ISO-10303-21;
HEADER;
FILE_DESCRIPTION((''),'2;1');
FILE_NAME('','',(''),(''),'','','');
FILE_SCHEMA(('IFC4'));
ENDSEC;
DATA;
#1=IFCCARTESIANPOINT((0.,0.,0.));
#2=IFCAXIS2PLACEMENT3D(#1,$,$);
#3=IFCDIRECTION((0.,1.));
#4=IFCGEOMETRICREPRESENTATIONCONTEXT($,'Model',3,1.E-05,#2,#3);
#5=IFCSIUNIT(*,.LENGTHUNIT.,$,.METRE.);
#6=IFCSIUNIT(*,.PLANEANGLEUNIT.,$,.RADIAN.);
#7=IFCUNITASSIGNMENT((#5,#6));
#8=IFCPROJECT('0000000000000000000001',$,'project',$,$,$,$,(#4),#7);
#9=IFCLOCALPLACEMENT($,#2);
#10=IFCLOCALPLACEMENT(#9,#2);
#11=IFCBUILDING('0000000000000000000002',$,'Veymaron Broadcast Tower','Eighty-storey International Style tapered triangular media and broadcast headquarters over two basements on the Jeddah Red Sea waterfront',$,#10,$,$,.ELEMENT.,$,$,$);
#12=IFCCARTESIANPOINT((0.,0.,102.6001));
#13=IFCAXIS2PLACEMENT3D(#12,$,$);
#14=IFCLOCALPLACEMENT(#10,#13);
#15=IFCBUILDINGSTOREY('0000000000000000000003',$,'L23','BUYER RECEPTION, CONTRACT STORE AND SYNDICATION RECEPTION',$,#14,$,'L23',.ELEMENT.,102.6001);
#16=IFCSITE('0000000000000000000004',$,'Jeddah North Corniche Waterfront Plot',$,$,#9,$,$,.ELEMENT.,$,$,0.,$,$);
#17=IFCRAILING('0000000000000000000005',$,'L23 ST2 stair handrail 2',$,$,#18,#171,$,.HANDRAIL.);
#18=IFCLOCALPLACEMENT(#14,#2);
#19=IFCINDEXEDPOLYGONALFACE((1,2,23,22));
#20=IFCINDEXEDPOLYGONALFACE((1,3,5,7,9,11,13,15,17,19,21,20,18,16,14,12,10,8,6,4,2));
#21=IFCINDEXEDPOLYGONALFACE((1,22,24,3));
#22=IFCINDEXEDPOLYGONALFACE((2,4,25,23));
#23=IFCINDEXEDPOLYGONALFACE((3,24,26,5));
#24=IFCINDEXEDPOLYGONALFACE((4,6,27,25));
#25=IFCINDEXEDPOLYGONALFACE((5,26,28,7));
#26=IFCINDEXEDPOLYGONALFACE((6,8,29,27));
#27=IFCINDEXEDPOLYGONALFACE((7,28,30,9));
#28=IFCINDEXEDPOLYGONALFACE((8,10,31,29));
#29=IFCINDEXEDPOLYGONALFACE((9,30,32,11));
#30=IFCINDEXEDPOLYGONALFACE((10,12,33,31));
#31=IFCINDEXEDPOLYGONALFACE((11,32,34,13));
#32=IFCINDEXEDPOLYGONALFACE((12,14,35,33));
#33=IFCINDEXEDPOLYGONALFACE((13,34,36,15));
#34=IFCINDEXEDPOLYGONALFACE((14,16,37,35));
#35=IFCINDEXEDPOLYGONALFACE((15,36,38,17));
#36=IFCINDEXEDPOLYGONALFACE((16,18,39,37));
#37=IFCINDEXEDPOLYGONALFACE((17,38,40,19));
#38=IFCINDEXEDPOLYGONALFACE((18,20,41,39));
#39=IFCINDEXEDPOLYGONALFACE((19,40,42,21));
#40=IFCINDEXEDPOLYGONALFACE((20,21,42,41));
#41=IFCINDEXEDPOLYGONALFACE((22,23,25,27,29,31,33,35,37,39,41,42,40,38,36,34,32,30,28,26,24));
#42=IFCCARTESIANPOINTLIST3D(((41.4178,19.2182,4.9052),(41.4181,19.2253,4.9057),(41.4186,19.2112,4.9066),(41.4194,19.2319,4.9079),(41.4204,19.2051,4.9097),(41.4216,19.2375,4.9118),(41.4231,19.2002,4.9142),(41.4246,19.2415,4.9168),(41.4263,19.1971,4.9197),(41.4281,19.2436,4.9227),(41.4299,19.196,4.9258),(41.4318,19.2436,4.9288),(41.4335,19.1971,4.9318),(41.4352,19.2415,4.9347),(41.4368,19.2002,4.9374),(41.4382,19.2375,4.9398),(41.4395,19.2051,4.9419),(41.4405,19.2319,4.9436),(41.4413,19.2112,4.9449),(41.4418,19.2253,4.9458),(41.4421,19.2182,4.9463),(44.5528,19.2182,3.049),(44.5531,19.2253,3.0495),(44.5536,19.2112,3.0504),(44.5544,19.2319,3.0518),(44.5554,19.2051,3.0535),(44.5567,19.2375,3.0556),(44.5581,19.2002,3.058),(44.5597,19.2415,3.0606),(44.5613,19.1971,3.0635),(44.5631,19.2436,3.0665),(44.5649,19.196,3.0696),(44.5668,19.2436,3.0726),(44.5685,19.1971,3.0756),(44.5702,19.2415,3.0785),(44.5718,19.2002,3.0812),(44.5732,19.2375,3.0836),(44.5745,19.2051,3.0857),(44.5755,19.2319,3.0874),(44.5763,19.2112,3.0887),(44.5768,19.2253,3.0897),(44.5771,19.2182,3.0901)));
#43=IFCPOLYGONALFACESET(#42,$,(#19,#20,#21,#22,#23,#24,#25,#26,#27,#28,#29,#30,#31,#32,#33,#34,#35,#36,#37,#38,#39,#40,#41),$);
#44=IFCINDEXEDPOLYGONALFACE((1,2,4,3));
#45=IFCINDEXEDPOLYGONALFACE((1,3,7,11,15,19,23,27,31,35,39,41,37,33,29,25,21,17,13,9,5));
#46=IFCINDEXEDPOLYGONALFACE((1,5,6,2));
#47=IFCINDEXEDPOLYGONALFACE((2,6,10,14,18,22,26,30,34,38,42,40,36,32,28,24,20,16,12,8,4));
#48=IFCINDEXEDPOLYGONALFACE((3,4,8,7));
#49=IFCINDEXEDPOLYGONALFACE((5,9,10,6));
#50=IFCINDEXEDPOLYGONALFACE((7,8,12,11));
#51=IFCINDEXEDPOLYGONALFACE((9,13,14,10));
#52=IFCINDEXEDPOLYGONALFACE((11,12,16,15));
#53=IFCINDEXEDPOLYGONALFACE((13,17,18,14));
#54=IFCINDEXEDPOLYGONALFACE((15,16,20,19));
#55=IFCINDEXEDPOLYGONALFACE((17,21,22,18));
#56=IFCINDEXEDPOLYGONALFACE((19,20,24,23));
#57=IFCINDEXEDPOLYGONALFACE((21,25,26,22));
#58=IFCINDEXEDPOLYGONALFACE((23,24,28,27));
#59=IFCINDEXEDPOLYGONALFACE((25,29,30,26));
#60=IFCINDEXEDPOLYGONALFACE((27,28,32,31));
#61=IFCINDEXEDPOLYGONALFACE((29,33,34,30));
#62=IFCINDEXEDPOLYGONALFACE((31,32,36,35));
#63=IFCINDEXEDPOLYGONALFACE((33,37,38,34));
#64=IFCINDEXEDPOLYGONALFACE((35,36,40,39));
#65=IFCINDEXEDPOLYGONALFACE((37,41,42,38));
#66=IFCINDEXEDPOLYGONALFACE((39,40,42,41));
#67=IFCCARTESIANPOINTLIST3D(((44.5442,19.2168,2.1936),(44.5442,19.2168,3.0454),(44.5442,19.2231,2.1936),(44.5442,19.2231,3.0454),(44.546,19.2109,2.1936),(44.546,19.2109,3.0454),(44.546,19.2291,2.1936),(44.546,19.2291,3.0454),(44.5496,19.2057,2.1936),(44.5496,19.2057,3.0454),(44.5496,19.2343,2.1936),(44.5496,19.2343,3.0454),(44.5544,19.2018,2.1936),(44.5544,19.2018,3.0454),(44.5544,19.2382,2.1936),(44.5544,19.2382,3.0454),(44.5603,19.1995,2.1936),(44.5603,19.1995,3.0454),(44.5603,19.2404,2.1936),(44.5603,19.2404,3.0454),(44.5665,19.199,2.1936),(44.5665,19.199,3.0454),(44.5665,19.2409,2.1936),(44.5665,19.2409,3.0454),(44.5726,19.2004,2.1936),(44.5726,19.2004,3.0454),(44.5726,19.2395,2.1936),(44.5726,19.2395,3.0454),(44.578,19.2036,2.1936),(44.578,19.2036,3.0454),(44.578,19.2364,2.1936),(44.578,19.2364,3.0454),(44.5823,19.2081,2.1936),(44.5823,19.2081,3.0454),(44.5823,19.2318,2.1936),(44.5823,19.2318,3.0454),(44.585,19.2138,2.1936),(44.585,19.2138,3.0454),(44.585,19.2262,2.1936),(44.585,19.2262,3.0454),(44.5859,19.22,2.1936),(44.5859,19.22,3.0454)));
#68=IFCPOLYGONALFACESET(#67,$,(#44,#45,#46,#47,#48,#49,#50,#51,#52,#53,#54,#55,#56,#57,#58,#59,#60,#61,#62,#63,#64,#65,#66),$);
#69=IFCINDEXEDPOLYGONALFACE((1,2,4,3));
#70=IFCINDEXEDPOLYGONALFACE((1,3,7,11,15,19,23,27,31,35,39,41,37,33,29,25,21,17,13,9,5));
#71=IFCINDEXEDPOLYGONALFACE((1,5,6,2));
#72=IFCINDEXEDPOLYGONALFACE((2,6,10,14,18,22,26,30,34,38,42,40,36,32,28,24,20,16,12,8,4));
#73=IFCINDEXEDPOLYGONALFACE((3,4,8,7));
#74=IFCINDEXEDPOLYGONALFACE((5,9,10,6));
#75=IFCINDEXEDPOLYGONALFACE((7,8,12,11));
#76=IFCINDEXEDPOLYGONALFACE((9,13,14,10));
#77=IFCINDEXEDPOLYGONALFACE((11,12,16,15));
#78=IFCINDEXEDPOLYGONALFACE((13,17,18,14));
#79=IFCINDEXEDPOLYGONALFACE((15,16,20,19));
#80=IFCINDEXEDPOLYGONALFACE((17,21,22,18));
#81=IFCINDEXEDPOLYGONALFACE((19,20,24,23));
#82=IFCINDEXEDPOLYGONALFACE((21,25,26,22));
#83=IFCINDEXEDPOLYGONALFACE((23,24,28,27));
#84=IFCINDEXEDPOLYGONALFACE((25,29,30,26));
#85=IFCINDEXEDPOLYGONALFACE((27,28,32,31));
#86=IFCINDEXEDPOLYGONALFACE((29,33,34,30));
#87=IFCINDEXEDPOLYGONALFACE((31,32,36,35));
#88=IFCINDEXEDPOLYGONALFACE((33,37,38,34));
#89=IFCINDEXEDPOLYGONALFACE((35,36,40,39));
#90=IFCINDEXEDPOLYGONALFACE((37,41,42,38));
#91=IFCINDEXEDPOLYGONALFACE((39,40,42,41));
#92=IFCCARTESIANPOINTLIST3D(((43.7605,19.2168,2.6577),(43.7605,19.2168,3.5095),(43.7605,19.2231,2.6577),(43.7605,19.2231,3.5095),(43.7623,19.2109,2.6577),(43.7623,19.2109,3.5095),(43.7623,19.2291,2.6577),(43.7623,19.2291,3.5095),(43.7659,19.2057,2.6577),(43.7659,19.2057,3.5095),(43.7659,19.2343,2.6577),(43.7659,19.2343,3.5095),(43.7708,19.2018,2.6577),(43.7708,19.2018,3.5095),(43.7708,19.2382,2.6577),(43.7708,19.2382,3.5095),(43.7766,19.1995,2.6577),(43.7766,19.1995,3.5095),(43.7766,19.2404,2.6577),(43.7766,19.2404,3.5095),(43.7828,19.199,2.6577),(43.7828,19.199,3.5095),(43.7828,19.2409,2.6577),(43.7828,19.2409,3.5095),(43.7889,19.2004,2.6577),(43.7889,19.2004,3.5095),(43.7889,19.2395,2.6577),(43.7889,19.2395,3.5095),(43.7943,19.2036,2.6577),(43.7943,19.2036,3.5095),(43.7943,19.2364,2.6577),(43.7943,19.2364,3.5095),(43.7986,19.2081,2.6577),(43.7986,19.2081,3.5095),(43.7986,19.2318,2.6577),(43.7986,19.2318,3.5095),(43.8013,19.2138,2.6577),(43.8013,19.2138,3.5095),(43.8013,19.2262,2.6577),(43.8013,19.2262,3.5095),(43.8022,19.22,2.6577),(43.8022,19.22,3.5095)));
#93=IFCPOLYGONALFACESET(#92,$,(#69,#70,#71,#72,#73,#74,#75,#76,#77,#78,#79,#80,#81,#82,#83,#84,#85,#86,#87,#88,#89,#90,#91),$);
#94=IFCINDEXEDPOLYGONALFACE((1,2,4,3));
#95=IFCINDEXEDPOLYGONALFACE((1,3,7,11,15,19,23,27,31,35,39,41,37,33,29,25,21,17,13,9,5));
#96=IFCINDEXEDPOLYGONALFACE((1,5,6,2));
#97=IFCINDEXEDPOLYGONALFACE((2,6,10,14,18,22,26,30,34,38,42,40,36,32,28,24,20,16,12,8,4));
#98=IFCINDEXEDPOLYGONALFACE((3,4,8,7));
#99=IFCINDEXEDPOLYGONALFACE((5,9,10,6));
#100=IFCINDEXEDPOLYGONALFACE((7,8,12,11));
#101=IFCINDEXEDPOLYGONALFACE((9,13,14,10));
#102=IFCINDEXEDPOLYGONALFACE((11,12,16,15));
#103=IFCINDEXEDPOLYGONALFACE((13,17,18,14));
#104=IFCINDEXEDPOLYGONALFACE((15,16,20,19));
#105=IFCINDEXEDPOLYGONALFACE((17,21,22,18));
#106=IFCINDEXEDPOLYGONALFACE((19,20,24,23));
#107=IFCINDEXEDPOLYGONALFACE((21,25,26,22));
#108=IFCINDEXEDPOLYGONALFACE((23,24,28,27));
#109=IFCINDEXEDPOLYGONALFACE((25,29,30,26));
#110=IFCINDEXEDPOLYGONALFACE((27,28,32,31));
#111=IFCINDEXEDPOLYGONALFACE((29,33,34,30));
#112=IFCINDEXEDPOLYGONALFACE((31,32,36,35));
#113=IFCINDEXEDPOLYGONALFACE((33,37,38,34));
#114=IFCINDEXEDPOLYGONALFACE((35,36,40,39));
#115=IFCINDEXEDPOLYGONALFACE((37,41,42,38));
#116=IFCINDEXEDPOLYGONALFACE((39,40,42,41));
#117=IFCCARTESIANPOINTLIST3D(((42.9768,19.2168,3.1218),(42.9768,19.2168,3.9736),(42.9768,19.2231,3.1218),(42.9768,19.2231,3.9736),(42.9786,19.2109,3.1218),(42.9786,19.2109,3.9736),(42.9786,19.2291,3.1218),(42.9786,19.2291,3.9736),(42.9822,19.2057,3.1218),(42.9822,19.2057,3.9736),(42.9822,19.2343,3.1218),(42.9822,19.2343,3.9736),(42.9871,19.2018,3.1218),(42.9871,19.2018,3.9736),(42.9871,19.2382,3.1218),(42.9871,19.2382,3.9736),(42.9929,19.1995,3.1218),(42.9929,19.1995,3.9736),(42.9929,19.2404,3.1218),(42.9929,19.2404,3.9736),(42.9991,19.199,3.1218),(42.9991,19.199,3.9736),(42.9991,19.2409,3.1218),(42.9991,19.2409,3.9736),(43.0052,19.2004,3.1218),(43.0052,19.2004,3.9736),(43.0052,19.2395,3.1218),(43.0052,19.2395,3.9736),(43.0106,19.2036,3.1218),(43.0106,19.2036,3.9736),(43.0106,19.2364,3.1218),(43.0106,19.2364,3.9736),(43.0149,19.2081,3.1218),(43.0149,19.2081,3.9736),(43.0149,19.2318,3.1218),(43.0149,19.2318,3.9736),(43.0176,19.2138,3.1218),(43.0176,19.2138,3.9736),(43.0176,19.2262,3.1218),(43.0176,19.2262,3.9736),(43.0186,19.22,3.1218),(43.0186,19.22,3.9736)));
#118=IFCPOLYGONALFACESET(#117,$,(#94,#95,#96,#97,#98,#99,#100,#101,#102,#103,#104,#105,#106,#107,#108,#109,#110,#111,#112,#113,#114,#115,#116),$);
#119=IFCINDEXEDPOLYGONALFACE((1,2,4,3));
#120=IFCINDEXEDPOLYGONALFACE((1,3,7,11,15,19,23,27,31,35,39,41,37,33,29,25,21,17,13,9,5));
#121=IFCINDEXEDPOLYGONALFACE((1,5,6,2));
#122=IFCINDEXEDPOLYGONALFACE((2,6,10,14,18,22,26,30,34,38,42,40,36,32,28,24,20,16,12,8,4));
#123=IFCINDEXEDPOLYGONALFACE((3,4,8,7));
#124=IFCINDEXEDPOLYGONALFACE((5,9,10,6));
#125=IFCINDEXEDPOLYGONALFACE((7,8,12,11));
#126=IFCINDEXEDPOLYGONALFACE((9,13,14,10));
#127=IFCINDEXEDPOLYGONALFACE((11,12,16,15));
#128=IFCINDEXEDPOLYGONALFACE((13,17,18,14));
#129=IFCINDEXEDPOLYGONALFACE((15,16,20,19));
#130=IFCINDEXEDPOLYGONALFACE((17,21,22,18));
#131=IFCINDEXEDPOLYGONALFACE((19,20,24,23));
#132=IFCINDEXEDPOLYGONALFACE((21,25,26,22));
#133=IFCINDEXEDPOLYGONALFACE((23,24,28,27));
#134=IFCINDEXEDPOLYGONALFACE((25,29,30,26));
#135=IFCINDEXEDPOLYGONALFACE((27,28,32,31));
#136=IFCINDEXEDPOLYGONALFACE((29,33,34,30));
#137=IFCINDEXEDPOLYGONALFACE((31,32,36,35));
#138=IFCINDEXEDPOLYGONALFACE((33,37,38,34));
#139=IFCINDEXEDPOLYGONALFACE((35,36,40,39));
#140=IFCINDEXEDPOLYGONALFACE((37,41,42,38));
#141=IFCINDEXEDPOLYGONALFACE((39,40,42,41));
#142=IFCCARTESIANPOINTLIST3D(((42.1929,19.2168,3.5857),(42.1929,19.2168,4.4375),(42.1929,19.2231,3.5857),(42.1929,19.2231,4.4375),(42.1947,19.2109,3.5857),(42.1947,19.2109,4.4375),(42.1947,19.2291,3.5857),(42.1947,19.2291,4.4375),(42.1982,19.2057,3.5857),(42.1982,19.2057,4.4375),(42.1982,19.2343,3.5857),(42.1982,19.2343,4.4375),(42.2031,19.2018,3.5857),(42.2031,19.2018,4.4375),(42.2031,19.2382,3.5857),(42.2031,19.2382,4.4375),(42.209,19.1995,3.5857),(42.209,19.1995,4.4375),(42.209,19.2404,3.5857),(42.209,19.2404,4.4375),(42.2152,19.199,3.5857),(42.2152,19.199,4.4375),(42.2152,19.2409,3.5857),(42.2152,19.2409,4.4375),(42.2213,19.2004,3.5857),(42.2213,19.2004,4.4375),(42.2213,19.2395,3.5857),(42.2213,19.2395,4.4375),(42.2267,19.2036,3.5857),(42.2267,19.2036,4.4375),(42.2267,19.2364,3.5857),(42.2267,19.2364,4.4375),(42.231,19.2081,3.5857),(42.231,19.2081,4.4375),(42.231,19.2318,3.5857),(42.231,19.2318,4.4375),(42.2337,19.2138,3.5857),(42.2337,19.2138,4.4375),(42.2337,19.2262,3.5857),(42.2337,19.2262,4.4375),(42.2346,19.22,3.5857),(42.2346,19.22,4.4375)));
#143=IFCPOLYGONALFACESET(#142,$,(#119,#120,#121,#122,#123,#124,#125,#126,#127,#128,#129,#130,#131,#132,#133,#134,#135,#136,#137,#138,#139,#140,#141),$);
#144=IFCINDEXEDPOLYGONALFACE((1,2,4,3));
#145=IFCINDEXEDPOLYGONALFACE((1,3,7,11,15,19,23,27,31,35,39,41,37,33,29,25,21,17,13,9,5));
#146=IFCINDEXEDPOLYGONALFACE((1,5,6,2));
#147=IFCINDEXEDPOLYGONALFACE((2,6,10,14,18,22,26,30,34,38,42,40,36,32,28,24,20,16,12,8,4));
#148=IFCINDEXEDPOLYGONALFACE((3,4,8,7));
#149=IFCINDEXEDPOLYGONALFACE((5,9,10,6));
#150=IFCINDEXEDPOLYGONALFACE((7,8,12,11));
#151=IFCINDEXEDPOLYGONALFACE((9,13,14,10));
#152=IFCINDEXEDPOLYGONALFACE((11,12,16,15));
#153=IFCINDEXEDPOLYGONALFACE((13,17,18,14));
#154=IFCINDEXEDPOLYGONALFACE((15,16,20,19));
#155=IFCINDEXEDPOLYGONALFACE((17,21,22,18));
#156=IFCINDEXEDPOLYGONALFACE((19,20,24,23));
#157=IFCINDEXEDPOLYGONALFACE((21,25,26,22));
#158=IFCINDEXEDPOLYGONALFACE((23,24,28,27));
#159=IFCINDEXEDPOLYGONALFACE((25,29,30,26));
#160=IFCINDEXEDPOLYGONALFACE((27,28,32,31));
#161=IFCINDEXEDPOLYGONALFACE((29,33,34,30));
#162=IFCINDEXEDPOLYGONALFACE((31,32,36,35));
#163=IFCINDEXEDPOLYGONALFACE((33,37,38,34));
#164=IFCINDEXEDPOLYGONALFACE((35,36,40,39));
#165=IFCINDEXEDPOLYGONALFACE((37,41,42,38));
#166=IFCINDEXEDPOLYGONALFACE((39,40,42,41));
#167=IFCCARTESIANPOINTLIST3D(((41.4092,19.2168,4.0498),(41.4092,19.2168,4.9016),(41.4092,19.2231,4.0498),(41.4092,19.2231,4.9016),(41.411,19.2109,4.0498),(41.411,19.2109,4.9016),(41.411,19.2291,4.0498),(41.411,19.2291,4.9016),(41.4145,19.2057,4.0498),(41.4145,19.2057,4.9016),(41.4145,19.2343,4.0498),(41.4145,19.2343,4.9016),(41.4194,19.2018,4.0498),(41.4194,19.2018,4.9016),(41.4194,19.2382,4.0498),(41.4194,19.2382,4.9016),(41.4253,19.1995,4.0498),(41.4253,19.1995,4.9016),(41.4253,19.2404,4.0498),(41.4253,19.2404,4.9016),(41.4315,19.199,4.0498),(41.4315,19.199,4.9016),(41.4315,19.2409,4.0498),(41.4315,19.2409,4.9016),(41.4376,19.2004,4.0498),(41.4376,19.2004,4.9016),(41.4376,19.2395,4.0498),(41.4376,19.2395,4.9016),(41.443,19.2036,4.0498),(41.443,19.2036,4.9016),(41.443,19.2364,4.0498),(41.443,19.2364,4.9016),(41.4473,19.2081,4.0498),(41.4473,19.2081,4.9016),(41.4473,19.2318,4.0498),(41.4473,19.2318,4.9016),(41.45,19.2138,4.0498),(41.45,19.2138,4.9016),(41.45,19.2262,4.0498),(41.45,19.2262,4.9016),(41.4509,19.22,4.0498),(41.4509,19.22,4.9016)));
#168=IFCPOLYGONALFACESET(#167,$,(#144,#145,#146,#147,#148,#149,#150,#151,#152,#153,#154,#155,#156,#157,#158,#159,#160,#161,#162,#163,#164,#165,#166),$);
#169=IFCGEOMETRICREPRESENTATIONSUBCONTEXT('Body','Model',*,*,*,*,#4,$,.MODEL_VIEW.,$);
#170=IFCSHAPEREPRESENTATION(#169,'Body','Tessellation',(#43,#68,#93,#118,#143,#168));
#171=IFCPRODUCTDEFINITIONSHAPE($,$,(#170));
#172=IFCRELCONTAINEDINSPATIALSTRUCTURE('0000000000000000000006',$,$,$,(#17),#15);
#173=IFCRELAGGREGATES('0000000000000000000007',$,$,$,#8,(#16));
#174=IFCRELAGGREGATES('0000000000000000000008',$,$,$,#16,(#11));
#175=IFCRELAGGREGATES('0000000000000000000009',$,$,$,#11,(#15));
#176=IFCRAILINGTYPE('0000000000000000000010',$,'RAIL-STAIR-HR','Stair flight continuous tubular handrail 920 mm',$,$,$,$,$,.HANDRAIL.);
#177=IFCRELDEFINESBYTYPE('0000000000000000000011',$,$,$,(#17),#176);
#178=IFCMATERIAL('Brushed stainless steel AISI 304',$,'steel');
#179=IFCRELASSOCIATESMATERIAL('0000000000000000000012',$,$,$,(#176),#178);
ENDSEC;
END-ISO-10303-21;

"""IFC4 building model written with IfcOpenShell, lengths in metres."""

from ifc_helpers import new_model, si_unit, direction, frame, origin, origin_2d, place, context, subcontext, project, spatial, circle, extrude, material, type_object, element, save


model = new_model("IFC4")

# Units and contexts
model_context = context("Model", 3, precision=1e-05, world=origin(), true_north=direction((0.0, 1.0)))
body_context = subcontext(model_context, "Body", "Model", "MODEL_VIEW")
ifc_project = project(units=[si_unit("LENGTHUNIT", "METRE"), si_unit("PLANEANGLEUNIT", "RADIAN")], contexts=[model_context])

# Site, building, storey
site_placement = place(None, origin())
site = spatial("IfcSite", under=ifc_project, at=site_placement, Name="Jeddah North Corniche Waterfront Plot", CompositionType="ELEMENT", RefElevation=0.0)
building_placement = place(site_placement, origin())
building = spatial("IfcBuilding", under=site, at=building_placement, Name="Veymaron Broadcast Tower", Description="Eighty-storey International Style tapered triangular media and broadcast headquarters over two basements on the Jeddah Red Sea waterfront", CompositionType="ELEMENT")
storey_placement = place(building_placement, frame((0.0, 0.0, 102.6001)))
storey = spatial("IfcBuildingStorey", under=building, at=storey_placement, Name="L23", Description="BUYER RECEPTION, CONTRACT STORE AND SYNDICATION RECEPTION", LongName="L23", CompositionType="ELEMENT", Elevation=102.6001)

# Shared definitions
ifc_material_1 = material(Name="Brushed stainless steel AISI 304", Category="steel")

# Railing
railing_type_1 = type_object("IfcRailingType", Name="RAIL-STAIR-HR", Description="Stair flight continuous tubular handrail 920 mm", PredefinedType="HANDRAIL", material=ifc_material_1)
railing_1_placement = place(storey_placement, frame((44.5649, 19.22, 2.1936)))
element("IfcRailing", 1, at=railing_1_placement, inside=storey, type_object=railing_type_1, Name="L23 ST2 stair handrail 2", PredefinedType="HANDRAIL", context=body_context, shape_type="SweptSolid", body=[
    extrude(circle(Radius=0.0239, at=origin_2d()), frame((0.0, 0.0, 0.876), z_axis=(-0.860482, 0.0, 0.509481), x_axis=(0.0, -1.0, 0.0)), (0.0, 0.0, 1.0), 3.6433),
    extrude(circle(Radius=0.021, at=origin_2d()), origin(), (0.0, 0.0, 1.0), 0.8518),
    extrude(circle(Radius=0.021, at=origin_2d()), frame((-0.7837, 0.0, 0.4641)), (0.0, 0.0, 1.0), 0.8518),
    extrude(circle(Radius=0.021, at=origin_2d()), frame((-1.5674, 0.0, 0.9282)), (0.0, 0.0, 1.0), 0.8518),
    extrude(circle(Radius=0.021, at=origin_2d()), frame((-2.3513, 0.0, 1.3921)), (0.0, 0.0, 1.0), 0.8518),
    extrude(circle(Radius=0.021, at=origin_2d()), frame((-3.135, 0.0, 1.8562)), (0.0, 0.0, 1.0), 0.8518),
])

save(model, "model.ifc")
